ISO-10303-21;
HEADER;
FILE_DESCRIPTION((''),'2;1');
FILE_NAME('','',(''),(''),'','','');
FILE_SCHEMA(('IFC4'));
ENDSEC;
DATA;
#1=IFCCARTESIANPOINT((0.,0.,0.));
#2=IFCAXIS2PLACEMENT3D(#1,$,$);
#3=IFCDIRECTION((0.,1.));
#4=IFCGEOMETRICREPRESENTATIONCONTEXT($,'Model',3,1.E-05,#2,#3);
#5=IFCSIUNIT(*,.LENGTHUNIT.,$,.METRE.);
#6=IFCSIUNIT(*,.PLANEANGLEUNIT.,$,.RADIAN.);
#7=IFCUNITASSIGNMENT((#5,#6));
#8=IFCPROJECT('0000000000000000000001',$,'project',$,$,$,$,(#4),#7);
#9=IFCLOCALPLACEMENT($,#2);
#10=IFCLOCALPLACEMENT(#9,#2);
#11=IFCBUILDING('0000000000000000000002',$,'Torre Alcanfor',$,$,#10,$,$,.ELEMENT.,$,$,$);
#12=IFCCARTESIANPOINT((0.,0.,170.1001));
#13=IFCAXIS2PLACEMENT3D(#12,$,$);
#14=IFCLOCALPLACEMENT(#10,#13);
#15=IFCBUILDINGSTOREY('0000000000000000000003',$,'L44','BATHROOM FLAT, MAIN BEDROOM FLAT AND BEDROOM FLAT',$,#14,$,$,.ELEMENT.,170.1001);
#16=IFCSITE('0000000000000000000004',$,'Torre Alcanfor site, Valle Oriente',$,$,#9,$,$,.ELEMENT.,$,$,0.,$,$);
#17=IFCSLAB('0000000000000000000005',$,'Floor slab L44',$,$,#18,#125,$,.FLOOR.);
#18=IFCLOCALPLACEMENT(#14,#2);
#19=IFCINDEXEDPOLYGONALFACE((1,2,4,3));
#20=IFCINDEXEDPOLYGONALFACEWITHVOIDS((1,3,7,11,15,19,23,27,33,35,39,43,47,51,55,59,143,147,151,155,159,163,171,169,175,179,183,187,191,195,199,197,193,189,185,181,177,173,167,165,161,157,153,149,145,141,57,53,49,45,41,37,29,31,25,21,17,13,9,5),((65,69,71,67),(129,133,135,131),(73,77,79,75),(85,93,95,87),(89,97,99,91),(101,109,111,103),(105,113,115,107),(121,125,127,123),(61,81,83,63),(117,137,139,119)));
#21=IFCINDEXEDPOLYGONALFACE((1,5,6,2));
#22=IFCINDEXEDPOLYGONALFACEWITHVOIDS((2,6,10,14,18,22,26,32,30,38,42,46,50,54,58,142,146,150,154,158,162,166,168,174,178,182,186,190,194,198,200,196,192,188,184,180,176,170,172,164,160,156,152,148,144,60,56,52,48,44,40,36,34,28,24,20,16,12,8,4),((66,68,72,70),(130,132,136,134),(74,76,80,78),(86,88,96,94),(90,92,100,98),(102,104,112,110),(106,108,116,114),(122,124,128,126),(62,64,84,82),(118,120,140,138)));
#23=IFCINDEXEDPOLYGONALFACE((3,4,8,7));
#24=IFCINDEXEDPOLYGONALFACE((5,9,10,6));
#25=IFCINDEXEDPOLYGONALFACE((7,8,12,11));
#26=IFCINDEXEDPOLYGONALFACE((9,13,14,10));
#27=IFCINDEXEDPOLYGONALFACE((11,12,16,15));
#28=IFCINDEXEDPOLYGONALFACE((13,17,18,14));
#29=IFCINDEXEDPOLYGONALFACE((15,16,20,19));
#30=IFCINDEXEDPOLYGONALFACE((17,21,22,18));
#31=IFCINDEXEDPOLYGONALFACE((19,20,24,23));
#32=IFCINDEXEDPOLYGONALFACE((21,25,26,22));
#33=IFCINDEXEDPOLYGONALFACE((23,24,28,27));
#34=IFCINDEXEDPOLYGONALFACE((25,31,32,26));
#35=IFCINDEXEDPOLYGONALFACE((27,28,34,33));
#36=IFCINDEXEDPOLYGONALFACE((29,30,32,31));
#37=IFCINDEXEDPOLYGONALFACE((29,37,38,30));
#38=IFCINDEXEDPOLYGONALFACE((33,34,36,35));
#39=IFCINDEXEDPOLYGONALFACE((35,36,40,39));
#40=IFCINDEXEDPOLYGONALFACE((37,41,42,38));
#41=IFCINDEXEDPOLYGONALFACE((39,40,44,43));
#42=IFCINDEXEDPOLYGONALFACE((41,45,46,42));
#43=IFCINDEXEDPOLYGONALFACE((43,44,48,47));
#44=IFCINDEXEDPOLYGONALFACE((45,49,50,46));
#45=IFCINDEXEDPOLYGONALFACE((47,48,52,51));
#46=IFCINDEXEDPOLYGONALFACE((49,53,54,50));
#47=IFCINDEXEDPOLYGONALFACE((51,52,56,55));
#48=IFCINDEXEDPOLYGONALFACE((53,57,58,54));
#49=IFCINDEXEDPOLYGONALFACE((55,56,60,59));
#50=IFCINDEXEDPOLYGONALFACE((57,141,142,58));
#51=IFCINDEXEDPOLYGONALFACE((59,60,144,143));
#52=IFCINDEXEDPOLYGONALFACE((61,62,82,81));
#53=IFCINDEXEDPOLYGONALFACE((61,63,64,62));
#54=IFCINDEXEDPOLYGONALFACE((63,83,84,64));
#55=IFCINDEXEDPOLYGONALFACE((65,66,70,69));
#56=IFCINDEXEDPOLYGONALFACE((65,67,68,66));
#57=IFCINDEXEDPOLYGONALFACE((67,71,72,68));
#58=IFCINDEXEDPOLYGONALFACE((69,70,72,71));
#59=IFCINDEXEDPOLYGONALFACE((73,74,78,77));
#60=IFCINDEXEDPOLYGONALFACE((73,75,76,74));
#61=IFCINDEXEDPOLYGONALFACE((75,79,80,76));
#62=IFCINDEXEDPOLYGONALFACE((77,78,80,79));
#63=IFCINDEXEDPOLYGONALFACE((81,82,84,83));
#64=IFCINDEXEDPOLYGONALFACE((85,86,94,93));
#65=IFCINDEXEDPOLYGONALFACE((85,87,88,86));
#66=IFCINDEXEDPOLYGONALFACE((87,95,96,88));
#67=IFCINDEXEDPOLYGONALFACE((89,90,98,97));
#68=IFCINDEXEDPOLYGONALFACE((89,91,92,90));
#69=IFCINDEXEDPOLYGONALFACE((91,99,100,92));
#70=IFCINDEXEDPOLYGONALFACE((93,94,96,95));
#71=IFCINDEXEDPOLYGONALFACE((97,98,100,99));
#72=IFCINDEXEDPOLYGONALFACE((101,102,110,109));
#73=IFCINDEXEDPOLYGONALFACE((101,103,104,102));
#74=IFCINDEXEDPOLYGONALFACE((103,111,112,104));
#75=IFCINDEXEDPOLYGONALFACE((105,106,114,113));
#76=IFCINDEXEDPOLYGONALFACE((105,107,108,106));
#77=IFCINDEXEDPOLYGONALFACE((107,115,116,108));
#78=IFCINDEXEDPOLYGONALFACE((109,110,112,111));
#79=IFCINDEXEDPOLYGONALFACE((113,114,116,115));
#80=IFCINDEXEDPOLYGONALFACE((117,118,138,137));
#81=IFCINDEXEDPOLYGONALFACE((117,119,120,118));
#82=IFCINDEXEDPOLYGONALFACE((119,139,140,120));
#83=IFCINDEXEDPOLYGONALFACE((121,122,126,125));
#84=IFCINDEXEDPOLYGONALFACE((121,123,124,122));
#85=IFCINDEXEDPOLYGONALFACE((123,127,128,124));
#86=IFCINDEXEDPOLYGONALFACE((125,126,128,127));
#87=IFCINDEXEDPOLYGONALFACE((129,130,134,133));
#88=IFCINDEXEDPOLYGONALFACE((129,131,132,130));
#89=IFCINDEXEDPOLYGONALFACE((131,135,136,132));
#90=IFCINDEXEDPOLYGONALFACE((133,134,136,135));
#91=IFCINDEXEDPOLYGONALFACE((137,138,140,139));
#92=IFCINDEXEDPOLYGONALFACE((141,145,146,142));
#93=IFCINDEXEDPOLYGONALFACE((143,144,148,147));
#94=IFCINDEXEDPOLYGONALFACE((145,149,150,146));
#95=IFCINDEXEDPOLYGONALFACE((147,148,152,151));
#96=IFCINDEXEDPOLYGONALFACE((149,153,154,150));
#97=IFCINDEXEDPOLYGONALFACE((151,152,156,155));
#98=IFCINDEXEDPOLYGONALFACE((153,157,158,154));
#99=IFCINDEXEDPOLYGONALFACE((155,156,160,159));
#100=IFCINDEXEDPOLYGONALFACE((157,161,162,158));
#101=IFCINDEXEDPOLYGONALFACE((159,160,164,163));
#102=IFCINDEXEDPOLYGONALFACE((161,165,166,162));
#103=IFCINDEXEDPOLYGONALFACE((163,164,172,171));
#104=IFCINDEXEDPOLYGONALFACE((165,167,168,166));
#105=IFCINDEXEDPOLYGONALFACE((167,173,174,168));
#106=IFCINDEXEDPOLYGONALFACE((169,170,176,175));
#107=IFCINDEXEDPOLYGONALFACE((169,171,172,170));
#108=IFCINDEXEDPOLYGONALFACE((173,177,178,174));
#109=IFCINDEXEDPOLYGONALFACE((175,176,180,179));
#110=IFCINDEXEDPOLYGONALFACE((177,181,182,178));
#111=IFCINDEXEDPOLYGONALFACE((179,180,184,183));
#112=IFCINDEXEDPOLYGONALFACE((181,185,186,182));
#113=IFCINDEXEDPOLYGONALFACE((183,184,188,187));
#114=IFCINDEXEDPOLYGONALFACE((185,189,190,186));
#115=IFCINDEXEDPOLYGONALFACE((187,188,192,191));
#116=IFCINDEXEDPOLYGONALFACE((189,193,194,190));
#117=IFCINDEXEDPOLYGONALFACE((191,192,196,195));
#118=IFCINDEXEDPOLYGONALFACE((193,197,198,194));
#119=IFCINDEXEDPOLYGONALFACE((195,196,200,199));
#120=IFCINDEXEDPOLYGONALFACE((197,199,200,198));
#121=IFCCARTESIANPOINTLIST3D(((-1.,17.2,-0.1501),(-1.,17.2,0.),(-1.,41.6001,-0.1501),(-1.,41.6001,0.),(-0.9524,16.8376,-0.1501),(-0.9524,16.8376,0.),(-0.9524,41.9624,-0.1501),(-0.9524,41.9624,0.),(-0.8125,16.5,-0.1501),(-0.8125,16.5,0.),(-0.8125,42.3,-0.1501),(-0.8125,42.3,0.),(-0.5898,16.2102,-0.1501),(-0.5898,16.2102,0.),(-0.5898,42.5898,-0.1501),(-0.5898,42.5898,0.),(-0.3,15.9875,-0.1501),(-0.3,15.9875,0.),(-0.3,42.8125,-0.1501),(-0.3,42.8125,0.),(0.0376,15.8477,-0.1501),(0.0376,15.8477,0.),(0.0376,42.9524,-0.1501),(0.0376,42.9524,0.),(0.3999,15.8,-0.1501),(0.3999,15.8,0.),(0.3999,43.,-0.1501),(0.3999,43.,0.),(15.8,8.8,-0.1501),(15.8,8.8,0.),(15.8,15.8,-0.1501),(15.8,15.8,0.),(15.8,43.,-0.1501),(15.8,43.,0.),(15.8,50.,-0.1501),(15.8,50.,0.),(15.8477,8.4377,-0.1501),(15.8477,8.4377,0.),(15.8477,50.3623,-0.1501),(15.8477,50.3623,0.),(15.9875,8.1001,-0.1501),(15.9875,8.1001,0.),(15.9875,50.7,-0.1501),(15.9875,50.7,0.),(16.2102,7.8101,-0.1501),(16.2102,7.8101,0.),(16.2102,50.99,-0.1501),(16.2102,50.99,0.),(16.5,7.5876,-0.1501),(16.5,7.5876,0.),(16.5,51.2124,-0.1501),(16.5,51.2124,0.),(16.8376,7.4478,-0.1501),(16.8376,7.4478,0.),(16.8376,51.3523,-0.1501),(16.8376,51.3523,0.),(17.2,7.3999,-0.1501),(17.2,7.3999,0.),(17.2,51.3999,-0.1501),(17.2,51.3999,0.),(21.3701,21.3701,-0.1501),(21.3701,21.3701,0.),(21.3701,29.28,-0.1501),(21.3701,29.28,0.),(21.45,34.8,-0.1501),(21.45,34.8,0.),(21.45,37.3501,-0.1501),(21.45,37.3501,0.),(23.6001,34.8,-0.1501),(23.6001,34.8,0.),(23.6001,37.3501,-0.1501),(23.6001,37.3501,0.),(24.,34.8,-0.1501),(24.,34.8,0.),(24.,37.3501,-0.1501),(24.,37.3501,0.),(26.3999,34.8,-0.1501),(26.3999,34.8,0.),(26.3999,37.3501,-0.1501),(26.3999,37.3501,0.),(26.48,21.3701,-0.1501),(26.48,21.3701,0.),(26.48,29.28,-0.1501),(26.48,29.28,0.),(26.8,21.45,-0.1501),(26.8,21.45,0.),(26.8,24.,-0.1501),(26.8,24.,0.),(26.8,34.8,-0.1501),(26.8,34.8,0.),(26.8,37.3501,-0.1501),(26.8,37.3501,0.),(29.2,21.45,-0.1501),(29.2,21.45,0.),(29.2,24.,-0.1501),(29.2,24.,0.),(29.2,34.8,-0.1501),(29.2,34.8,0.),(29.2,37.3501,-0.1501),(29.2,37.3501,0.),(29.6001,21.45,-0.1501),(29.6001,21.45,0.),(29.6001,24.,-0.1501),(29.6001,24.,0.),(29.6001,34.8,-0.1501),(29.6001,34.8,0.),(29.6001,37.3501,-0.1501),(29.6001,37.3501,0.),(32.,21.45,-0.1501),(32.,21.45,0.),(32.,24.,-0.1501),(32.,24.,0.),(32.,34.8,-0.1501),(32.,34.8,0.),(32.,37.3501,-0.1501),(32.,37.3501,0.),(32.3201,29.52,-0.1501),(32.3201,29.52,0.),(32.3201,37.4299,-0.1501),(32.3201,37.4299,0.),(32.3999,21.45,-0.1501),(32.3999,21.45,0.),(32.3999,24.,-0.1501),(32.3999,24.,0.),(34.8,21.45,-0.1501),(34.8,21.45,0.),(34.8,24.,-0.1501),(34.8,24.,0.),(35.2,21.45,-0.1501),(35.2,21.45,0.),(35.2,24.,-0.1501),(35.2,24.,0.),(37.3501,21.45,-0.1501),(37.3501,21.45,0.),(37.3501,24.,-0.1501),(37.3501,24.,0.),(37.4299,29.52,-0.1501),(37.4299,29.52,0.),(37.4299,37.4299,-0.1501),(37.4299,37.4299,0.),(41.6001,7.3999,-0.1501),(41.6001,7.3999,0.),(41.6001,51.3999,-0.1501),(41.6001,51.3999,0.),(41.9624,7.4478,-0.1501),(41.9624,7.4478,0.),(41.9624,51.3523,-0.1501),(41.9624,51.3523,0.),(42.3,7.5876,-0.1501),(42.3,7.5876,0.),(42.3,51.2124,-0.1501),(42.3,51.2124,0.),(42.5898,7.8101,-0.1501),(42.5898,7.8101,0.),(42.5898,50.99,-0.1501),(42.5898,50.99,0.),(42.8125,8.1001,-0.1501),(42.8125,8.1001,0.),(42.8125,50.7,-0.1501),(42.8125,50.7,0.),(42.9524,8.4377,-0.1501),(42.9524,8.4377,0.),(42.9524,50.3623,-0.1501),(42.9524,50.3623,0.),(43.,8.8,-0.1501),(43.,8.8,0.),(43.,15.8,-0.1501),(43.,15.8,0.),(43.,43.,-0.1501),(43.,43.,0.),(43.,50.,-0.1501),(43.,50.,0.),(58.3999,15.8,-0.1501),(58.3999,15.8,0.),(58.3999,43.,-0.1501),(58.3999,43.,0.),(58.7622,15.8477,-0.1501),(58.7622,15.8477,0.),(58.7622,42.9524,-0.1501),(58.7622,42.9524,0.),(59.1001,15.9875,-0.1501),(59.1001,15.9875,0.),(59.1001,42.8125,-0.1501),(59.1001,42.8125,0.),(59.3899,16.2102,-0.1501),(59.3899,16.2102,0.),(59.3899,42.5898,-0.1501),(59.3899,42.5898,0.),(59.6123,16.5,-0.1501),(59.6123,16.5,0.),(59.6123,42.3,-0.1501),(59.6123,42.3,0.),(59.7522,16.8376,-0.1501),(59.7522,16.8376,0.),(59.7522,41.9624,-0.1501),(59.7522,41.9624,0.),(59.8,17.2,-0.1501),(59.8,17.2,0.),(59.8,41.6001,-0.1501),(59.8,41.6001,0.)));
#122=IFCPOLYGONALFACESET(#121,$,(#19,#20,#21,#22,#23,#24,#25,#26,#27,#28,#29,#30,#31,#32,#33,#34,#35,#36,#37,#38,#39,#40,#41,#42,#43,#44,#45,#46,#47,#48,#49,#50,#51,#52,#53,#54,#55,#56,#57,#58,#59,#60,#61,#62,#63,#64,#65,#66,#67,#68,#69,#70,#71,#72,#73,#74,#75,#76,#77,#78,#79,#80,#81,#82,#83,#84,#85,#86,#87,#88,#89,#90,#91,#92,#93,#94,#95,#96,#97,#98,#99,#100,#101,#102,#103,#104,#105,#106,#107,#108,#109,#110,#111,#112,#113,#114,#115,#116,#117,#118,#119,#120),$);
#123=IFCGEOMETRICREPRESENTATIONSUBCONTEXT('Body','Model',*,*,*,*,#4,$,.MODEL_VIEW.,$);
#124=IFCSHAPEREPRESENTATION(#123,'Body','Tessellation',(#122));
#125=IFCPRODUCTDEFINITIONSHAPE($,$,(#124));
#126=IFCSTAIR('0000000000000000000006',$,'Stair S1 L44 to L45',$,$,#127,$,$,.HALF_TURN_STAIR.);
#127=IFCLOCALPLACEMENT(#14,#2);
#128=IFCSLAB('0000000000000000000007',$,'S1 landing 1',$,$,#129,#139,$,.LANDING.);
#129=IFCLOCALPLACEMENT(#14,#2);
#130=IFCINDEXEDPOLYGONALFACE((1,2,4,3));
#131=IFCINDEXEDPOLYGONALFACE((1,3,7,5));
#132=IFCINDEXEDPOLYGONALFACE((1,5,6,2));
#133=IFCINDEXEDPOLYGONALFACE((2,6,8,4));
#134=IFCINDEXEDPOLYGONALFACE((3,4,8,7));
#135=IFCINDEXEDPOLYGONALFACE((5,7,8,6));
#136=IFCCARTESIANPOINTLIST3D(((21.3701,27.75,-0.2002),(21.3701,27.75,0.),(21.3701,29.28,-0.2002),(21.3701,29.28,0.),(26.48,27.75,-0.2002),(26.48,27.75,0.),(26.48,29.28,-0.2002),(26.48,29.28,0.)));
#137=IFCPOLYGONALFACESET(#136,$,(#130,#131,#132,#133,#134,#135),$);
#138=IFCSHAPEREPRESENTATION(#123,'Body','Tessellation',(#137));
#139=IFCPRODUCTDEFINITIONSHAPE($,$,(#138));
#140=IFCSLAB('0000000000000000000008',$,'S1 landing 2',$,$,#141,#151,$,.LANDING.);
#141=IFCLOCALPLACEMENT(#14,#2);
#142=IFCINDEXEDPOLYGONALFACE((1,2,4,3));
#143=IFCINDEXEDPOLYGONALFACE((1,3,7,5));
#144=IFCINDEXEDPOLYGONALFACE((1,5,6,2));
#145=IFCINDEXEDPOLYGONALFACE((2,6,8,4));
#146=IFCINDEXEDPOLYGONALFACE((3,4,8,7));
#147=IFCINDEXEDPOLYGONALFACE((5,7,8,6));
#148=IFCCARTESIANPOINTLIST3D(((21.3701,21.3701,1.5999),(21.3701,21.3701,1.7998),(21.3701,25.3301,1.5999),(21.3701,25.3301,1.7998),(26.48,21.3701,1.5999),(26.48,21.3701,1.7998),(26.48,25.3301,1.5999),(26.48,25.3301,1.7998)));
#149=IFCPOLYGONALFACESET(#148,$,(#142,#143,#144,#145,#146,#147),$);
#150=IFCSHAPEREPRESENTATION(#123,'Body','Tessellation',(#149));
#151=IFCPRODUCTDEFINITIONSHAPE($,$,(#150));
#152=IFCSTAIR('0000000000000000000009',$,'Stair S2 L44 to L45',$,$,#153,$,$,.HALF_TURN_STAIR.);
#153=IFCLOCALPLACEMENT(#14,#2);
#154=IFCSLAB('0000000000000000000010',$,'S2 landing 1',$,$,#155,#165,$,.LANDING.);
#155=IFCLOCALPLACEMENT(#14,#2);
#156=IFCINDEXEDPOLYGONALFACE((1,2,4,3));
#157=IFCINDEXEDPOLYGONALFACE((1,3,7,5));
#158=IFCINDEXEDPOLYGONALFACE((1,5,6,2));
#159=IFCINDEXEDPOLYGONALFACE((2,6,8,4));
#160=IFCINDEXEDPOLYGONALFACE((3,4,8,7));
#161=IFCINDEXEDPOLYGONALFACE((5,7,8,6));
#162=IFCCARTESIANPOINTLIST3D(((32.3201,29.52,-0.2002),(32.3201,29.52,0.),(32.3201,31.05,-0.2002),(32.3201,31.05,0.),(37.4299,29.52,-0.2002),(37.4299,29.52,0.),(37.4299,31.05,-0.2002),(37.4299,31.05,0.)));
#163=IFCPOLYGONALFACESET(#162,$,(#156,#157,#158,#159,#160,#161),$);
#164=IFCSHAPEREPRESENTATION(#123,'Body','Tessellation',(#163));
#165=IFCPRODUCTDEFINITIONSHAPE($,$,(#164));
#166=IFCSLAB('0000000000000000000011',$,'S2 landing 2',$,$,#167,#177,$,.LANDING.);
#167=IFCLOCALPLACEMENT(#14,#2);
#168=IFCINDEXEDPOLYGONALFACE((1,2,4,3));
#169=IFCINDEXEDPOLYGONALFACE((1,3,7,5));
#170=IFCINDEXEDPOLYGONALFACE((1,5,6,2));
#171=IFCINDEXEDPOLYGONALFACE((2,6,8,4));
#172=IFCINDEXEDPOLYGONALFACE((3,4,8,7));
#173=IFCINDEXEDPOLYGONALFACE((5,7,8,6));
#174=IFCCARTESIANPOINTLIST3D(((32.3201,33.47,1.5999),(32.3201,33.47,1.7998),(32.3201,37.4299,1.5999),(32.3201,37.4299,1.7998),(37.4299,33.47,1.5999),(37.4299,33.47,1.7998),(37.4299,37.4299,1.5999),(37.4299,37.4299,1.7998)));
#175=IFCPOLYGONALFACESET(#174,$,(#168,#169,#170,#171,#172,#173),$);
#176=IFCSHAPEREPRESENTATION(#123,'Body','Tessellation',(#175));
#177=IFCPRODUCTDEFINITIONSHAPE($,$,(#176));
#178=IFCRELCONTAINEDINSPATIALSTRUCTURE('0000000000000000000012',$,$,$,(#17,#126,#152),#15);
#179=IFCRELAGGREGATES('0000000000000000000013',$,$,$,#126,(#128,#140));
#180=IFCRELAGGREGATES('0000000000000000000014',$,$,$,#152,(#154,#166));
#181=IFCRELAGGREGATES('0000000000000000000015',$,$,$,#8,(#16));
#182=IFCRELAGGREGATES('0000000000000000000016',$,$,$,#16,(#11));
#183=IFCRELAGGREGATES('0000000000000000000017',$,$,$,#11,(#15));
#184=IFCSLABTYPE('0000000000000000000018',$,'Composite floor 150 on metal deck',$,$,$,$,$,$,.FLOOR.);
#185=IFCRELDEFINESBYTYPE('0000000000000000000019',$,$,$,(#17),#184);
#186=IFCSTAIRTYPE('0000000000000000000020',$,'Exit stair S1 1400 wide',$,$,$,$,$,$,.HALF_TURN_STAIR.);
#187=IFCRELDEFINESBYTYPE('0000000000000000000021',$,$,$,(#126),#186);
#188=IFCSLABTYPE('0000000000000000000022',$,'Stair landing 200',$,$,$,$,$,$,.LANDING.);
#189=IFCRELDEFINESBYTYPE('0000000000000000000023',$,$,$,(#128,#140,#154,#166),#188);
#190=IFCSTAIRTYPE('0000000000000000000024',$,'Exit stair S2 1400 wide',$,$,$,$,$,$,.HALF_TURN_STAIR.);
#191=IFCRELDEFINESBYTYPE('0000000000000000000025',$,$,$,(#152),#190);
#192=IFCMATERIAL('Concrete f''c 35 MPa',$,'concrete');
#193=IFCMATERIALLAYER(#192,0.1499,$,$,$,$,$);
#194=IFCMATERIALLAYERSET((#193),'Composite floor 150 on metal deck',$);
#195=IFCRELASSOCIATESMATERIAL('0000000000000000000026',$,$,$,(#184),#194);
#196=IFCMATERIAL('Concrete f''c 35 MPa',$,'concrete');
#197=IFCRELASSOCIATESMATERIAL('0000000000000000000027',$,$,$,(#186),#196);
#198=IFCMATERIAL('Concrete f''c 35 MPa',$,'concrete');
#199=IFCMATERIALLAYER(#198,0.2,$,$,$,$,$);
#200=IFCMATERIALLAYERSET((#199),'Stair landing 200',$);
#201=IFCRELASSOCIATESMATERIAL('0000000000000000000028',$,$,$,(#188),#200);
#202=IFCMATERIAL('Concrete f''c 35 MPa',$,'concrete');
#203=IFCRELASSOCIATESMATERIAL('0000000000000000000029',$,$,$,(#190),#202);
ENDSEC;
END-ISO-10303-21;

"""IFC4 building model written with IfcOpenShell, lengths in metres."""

from ifc_helpers import new_model, si_unit, direction, frame, origin, place, context, subcontext, project, spatial, polyline, outline, extrude, material, layer, layer_set, type_object, element, aggregate, save


model = new_model("IFC4")

# Units and contexts
model_context = context("Model", 3, precision=1e-05, world=origin(), true_north=direction((0.0, 1.0)))
body_context = subcontext(model_context, "Body", "Model", "MODEL_VIEW")
ifc_project = project(units=[si_unit("LENGTHUNIT", "METRE"), si_unit("PLANEANGLEUNIT", "RADIAN")], contexts=[model_context])

# Site, building, storey
site_placement = place(None, origin())
site = spatial("IfcSite", under=ifc_project, at=site_placement, Name="Torre Alcanfor site, Valle Oriente", CompositionType="ELEMENT", RefElevation=0.0)
building_placement = place(site_placement, origin())
building = spatial("IfcBuilding", under=site, at=building_placement, Name="Torre Alcanfor", CompositionType="ELEMENT")
storey_placement = place(building_placement, frame((0.0, 0.0, 170.1001)))
storey = spatial("IfcBuildingStorey", under=building, at=storey_placement, Name="L44", Description="BATHROOM FLAT, MAIN BEDROOM FLAT AND BEDROOM FLAT", CompositionType="ELEMENT", Elevation=170.1001)

# Slab
ifc_material_1 = material(Name="Concrete f'c 35 MPa", Category="concrete")
ifc_layer_1 = layer(ifc_material_1, 0.1499)
ifc_layer_set_1 = layer_set([ifc_layer_1], Name="Composite floor 150 on metal deck")
slab_type_1 = type_object("IfcSlabType", Name="Composite floor 150 on metal deck", PredefinedType="FLOOR", material=ifc_layer_set_1)
slab_1_placement = place(storey_placement, frame((0.0, 0.0, -0.1501)))
element("IfcSlab", 1, at=slab_1_placement, inside=storey, type_object=slab_type_1, Name="Floor slab L44", PredefinedType="FLOOR", context=body_context, shape_type="SweptSolid", body=[
    extrude(outline(polyline([(15.8, 43.0), (0.3999, 43.0), (0.0376, 42.9524), (-0.3, 42.8125), (-0.5898, 42.5898), (-0.8125, 42.3), (-0.9524, 41.9624), (-1.0, 41.6001), (-1.0, 17.2), (-0.9524, 16.8376), (-0.8125, 16.5), (-0.5898, 16.2102), (-0.3, 15.9875), (0.0376, 15.8477), (0.3999, 15.8), (15.8, 15.8), (15.8, 8.8), (15.8477, 8.4377), (15.9875, 8.1001), (16.2102, 7.8101), (16.5, 7.5876), (16.8376, 7.4478), (17.2, 7.3999), (41.6001, 7.3999), (41.9624, 7.4478), (42.3, 7.5876), (42.5898, 7.8101), (42.8125, 8.1001), (42.9524, 8.4377), (43.0, 8.8), (43.0, 15.8), (58.3999, 15.8), (58.7622, 15.8477), (59.1001, 15.9875), (59.3899, 16.2102), (59.6123, 16.5), (59.7522, 16.8376), (59.8, 17.2), (59.8, 41.6001), (59.7522, 41.9624), (59.6123, 42.3), (59.3899, 42.5898), (59.1001, 42.8125), (58.7622, 42.9524), (58.3999, 43.0), (43.0, 43.0), (43.0, 50.0), (42.9524, 50.3623), (42.8125, 50.7), (42.5898, 50.99), (42.3, 51.2124), (41.9624, 51.3523), (41.6001, 51.3999), (17.2, 51.3999), (16.8376, 51.3523), (16.5, 51.2124), (16.2102, 50.99), (15.9875, 50.7), (15.8477, 50.3623), (15.8, 50.0), (15.8, 43.0)]), holes=[polyline([(21.3701, 21.3701), (26.48, 21.3701), (26.48, 29.28), (21.3701, 29.28), (21.3701, 21.3701)]), polyline([(32.3201, 29.52), (37.4299, 29.52), (37.4299, 37.4299), (32.3201, 37.4299), (32.3201, 29.52)]), polyline([(26.8, 21.45), (29.2, 21.45), (29.2, 24.0), (26.8, 24.0), (26.8, 21.45)]), polyline([(29.6001, 21.45), (32.0, 21.45), (32.0, 24.0), (29.6001, 24.0), (29.6001, 21.45)]), polyline([(32.3999, 21.45), (34.8, 21.45), (34.8, 24.0), (32.3999, 24.0), (32.3999, 21.45)]), polyline([(35.2, 21.45), (37.3501, 21.45), (37.3501, 24.0), (35.2, 24.0), (35.2, 21.45)]), polyline([(21.45, 34.8), (23.6001, 34.8), (23.6001, 37.3501), (21.45, 37.3501), (21.45, 34.8)]), polyline([(24.0, 34.8), (26.3999, 34.8), (26.3999, 37.3501), (24.0, 37.3501), (24.0, 34.8)]), polyline([(26.8, 34.8), (29.2, 34.8), (29.2, 37.3501), (26.8, 37.3501), (26.8, 34.8)]), polyline([(29.6001, 34.8), (32.0, 34.8), (32.0, 37.3501), (29.6001, 37.3501), (29.6001, 34.8)])]), origin(), (0.0, 0.0, 1.0), 0.1501),
])

# Stairs, slabs
ifc_material_2 = material(Name="Concrete f'c 35 MPa", Category="concrete")
stair_type_1 = type_object("IfcStairType", Name="Exit stair S1 1400 wide", PredefinedType="HALF_TURN_STAIR", material=ifc_material_2)
stair_1_placement = place(storey_placement, origin())
stair_1 = element("IfcStair", 2, at=stair_1_placement, inside=storey, type_object=stair_type_1, Name="Stair S1 L44 to L45", PredefinedType="HALF_TURN_STAIR")
ifc_material_3 = material(Name="Concrete f'c 35 MPa", Category="concrete")
ifc_layer_2 = layer(ifc_material_3, 0.2)
ifc_layer_set_2 = layer_set([ifc_layer_2], Name="Stair landing 200")
slab_type_2 = type_object("IfcSlabType", Name="Stair landing 200", PredefinedType="LANDING", material=ifc_layer_set_2)
slab_2_placement = place(storey_placement, frame((0.0, 0.0, -0.2002)))
slab_2 = element("IfcSlab", 3, at=slab_2_placement, type_object=slab_type_2, Name="S1 landing 1", PredefinedType="LANDING", context=body_context, shape_type="SweptSolid", body=[
    extrude(outline(polyline([(21.3701, 27.75), (26.48, 27.75), (26.48, 29.28), (21.3701, 29.28), (21.3701, 27.75)])), origin(), (0.0, 0.0, 1.0), 0.2002),
])
slab_3_placement = place(storey_placement, frame((0.0, 0.0, 1.5999)))
slab_3 = element("IfcSlab", 4, at=slab_3_placement, type_object=slab_type_2, Name="S1 landing 2", PredefinedType="LANDING", context=body_context, shape_type="SweptSolid", body=[
    extrude(outline(polyline([(21.3701, 21.3701), (26.48, 21.3701), (26.48, 25.3301), (21.3701, 25.3301), (21.3701, 21.3701)])), origin(), (0.0, 0.0, 1.0), 0.2),
])
aggregate(stair_1, [slab_2, slab_3])
ifc_material_4 = material(Name="Concrete f'c 35 MPa", Category="concrete")
stair_type_2 = type_object("IfcStairType", Name="Exit stair S2 1400 wide", PredefinedType="HALF_TURN_STAIR", material=ifc_material_4)
stair_2_placement = place(storey_placement, origin())
stair_2 = element("IfcStair", 5, at=stair_2_placement, inside=storey, type_object=stair_type_2, Name="Stair S2 L44 to L45", PredefinedType="HALF_TURN_STAIR")
slab_4_placement = place(storey_placement, frame((0.0, 0.0, -0.2002)))
slab_4 = element("IfcSlab", 6, at=slab_4_placement, type_object=slab_type_2, Name="S2 landing 1", PredefinedType="LANDING", context=body_context, shape_type="SweptSolid", body=[
    extrude(outline(polyline([(32.3201, 29.52), (37.4299, 29.52), (37.4299, 31.05), (32.3201, 31.05), (32.3201, 29.52)])), origin(), (0.0, 0.0, 1.0), 0.2002),
])
slab_5_placement = place(storey_placement, frame((0.0, 0.0, 1.5999)))
slab_5 = element("IfcSlab", 7, at=slab_5_placement, type_object=slab_type_2, Name="S2 landing 2", PredefinedType="LANDING", context=body_context, shape_type="SweptSolid", body=[
    extrude(outline(polyline([(32.3201, 33.47), (37.4299, 33.47), (37.4299, 37.4299), (32.3201, 37.4299), (32.3201, 33.47)])), origin(), (0.0, 0.0, 1.0), 0.2),
])
aggregate(stair_2, [slab_4, slab_5])

save(model, "model.ifc")
